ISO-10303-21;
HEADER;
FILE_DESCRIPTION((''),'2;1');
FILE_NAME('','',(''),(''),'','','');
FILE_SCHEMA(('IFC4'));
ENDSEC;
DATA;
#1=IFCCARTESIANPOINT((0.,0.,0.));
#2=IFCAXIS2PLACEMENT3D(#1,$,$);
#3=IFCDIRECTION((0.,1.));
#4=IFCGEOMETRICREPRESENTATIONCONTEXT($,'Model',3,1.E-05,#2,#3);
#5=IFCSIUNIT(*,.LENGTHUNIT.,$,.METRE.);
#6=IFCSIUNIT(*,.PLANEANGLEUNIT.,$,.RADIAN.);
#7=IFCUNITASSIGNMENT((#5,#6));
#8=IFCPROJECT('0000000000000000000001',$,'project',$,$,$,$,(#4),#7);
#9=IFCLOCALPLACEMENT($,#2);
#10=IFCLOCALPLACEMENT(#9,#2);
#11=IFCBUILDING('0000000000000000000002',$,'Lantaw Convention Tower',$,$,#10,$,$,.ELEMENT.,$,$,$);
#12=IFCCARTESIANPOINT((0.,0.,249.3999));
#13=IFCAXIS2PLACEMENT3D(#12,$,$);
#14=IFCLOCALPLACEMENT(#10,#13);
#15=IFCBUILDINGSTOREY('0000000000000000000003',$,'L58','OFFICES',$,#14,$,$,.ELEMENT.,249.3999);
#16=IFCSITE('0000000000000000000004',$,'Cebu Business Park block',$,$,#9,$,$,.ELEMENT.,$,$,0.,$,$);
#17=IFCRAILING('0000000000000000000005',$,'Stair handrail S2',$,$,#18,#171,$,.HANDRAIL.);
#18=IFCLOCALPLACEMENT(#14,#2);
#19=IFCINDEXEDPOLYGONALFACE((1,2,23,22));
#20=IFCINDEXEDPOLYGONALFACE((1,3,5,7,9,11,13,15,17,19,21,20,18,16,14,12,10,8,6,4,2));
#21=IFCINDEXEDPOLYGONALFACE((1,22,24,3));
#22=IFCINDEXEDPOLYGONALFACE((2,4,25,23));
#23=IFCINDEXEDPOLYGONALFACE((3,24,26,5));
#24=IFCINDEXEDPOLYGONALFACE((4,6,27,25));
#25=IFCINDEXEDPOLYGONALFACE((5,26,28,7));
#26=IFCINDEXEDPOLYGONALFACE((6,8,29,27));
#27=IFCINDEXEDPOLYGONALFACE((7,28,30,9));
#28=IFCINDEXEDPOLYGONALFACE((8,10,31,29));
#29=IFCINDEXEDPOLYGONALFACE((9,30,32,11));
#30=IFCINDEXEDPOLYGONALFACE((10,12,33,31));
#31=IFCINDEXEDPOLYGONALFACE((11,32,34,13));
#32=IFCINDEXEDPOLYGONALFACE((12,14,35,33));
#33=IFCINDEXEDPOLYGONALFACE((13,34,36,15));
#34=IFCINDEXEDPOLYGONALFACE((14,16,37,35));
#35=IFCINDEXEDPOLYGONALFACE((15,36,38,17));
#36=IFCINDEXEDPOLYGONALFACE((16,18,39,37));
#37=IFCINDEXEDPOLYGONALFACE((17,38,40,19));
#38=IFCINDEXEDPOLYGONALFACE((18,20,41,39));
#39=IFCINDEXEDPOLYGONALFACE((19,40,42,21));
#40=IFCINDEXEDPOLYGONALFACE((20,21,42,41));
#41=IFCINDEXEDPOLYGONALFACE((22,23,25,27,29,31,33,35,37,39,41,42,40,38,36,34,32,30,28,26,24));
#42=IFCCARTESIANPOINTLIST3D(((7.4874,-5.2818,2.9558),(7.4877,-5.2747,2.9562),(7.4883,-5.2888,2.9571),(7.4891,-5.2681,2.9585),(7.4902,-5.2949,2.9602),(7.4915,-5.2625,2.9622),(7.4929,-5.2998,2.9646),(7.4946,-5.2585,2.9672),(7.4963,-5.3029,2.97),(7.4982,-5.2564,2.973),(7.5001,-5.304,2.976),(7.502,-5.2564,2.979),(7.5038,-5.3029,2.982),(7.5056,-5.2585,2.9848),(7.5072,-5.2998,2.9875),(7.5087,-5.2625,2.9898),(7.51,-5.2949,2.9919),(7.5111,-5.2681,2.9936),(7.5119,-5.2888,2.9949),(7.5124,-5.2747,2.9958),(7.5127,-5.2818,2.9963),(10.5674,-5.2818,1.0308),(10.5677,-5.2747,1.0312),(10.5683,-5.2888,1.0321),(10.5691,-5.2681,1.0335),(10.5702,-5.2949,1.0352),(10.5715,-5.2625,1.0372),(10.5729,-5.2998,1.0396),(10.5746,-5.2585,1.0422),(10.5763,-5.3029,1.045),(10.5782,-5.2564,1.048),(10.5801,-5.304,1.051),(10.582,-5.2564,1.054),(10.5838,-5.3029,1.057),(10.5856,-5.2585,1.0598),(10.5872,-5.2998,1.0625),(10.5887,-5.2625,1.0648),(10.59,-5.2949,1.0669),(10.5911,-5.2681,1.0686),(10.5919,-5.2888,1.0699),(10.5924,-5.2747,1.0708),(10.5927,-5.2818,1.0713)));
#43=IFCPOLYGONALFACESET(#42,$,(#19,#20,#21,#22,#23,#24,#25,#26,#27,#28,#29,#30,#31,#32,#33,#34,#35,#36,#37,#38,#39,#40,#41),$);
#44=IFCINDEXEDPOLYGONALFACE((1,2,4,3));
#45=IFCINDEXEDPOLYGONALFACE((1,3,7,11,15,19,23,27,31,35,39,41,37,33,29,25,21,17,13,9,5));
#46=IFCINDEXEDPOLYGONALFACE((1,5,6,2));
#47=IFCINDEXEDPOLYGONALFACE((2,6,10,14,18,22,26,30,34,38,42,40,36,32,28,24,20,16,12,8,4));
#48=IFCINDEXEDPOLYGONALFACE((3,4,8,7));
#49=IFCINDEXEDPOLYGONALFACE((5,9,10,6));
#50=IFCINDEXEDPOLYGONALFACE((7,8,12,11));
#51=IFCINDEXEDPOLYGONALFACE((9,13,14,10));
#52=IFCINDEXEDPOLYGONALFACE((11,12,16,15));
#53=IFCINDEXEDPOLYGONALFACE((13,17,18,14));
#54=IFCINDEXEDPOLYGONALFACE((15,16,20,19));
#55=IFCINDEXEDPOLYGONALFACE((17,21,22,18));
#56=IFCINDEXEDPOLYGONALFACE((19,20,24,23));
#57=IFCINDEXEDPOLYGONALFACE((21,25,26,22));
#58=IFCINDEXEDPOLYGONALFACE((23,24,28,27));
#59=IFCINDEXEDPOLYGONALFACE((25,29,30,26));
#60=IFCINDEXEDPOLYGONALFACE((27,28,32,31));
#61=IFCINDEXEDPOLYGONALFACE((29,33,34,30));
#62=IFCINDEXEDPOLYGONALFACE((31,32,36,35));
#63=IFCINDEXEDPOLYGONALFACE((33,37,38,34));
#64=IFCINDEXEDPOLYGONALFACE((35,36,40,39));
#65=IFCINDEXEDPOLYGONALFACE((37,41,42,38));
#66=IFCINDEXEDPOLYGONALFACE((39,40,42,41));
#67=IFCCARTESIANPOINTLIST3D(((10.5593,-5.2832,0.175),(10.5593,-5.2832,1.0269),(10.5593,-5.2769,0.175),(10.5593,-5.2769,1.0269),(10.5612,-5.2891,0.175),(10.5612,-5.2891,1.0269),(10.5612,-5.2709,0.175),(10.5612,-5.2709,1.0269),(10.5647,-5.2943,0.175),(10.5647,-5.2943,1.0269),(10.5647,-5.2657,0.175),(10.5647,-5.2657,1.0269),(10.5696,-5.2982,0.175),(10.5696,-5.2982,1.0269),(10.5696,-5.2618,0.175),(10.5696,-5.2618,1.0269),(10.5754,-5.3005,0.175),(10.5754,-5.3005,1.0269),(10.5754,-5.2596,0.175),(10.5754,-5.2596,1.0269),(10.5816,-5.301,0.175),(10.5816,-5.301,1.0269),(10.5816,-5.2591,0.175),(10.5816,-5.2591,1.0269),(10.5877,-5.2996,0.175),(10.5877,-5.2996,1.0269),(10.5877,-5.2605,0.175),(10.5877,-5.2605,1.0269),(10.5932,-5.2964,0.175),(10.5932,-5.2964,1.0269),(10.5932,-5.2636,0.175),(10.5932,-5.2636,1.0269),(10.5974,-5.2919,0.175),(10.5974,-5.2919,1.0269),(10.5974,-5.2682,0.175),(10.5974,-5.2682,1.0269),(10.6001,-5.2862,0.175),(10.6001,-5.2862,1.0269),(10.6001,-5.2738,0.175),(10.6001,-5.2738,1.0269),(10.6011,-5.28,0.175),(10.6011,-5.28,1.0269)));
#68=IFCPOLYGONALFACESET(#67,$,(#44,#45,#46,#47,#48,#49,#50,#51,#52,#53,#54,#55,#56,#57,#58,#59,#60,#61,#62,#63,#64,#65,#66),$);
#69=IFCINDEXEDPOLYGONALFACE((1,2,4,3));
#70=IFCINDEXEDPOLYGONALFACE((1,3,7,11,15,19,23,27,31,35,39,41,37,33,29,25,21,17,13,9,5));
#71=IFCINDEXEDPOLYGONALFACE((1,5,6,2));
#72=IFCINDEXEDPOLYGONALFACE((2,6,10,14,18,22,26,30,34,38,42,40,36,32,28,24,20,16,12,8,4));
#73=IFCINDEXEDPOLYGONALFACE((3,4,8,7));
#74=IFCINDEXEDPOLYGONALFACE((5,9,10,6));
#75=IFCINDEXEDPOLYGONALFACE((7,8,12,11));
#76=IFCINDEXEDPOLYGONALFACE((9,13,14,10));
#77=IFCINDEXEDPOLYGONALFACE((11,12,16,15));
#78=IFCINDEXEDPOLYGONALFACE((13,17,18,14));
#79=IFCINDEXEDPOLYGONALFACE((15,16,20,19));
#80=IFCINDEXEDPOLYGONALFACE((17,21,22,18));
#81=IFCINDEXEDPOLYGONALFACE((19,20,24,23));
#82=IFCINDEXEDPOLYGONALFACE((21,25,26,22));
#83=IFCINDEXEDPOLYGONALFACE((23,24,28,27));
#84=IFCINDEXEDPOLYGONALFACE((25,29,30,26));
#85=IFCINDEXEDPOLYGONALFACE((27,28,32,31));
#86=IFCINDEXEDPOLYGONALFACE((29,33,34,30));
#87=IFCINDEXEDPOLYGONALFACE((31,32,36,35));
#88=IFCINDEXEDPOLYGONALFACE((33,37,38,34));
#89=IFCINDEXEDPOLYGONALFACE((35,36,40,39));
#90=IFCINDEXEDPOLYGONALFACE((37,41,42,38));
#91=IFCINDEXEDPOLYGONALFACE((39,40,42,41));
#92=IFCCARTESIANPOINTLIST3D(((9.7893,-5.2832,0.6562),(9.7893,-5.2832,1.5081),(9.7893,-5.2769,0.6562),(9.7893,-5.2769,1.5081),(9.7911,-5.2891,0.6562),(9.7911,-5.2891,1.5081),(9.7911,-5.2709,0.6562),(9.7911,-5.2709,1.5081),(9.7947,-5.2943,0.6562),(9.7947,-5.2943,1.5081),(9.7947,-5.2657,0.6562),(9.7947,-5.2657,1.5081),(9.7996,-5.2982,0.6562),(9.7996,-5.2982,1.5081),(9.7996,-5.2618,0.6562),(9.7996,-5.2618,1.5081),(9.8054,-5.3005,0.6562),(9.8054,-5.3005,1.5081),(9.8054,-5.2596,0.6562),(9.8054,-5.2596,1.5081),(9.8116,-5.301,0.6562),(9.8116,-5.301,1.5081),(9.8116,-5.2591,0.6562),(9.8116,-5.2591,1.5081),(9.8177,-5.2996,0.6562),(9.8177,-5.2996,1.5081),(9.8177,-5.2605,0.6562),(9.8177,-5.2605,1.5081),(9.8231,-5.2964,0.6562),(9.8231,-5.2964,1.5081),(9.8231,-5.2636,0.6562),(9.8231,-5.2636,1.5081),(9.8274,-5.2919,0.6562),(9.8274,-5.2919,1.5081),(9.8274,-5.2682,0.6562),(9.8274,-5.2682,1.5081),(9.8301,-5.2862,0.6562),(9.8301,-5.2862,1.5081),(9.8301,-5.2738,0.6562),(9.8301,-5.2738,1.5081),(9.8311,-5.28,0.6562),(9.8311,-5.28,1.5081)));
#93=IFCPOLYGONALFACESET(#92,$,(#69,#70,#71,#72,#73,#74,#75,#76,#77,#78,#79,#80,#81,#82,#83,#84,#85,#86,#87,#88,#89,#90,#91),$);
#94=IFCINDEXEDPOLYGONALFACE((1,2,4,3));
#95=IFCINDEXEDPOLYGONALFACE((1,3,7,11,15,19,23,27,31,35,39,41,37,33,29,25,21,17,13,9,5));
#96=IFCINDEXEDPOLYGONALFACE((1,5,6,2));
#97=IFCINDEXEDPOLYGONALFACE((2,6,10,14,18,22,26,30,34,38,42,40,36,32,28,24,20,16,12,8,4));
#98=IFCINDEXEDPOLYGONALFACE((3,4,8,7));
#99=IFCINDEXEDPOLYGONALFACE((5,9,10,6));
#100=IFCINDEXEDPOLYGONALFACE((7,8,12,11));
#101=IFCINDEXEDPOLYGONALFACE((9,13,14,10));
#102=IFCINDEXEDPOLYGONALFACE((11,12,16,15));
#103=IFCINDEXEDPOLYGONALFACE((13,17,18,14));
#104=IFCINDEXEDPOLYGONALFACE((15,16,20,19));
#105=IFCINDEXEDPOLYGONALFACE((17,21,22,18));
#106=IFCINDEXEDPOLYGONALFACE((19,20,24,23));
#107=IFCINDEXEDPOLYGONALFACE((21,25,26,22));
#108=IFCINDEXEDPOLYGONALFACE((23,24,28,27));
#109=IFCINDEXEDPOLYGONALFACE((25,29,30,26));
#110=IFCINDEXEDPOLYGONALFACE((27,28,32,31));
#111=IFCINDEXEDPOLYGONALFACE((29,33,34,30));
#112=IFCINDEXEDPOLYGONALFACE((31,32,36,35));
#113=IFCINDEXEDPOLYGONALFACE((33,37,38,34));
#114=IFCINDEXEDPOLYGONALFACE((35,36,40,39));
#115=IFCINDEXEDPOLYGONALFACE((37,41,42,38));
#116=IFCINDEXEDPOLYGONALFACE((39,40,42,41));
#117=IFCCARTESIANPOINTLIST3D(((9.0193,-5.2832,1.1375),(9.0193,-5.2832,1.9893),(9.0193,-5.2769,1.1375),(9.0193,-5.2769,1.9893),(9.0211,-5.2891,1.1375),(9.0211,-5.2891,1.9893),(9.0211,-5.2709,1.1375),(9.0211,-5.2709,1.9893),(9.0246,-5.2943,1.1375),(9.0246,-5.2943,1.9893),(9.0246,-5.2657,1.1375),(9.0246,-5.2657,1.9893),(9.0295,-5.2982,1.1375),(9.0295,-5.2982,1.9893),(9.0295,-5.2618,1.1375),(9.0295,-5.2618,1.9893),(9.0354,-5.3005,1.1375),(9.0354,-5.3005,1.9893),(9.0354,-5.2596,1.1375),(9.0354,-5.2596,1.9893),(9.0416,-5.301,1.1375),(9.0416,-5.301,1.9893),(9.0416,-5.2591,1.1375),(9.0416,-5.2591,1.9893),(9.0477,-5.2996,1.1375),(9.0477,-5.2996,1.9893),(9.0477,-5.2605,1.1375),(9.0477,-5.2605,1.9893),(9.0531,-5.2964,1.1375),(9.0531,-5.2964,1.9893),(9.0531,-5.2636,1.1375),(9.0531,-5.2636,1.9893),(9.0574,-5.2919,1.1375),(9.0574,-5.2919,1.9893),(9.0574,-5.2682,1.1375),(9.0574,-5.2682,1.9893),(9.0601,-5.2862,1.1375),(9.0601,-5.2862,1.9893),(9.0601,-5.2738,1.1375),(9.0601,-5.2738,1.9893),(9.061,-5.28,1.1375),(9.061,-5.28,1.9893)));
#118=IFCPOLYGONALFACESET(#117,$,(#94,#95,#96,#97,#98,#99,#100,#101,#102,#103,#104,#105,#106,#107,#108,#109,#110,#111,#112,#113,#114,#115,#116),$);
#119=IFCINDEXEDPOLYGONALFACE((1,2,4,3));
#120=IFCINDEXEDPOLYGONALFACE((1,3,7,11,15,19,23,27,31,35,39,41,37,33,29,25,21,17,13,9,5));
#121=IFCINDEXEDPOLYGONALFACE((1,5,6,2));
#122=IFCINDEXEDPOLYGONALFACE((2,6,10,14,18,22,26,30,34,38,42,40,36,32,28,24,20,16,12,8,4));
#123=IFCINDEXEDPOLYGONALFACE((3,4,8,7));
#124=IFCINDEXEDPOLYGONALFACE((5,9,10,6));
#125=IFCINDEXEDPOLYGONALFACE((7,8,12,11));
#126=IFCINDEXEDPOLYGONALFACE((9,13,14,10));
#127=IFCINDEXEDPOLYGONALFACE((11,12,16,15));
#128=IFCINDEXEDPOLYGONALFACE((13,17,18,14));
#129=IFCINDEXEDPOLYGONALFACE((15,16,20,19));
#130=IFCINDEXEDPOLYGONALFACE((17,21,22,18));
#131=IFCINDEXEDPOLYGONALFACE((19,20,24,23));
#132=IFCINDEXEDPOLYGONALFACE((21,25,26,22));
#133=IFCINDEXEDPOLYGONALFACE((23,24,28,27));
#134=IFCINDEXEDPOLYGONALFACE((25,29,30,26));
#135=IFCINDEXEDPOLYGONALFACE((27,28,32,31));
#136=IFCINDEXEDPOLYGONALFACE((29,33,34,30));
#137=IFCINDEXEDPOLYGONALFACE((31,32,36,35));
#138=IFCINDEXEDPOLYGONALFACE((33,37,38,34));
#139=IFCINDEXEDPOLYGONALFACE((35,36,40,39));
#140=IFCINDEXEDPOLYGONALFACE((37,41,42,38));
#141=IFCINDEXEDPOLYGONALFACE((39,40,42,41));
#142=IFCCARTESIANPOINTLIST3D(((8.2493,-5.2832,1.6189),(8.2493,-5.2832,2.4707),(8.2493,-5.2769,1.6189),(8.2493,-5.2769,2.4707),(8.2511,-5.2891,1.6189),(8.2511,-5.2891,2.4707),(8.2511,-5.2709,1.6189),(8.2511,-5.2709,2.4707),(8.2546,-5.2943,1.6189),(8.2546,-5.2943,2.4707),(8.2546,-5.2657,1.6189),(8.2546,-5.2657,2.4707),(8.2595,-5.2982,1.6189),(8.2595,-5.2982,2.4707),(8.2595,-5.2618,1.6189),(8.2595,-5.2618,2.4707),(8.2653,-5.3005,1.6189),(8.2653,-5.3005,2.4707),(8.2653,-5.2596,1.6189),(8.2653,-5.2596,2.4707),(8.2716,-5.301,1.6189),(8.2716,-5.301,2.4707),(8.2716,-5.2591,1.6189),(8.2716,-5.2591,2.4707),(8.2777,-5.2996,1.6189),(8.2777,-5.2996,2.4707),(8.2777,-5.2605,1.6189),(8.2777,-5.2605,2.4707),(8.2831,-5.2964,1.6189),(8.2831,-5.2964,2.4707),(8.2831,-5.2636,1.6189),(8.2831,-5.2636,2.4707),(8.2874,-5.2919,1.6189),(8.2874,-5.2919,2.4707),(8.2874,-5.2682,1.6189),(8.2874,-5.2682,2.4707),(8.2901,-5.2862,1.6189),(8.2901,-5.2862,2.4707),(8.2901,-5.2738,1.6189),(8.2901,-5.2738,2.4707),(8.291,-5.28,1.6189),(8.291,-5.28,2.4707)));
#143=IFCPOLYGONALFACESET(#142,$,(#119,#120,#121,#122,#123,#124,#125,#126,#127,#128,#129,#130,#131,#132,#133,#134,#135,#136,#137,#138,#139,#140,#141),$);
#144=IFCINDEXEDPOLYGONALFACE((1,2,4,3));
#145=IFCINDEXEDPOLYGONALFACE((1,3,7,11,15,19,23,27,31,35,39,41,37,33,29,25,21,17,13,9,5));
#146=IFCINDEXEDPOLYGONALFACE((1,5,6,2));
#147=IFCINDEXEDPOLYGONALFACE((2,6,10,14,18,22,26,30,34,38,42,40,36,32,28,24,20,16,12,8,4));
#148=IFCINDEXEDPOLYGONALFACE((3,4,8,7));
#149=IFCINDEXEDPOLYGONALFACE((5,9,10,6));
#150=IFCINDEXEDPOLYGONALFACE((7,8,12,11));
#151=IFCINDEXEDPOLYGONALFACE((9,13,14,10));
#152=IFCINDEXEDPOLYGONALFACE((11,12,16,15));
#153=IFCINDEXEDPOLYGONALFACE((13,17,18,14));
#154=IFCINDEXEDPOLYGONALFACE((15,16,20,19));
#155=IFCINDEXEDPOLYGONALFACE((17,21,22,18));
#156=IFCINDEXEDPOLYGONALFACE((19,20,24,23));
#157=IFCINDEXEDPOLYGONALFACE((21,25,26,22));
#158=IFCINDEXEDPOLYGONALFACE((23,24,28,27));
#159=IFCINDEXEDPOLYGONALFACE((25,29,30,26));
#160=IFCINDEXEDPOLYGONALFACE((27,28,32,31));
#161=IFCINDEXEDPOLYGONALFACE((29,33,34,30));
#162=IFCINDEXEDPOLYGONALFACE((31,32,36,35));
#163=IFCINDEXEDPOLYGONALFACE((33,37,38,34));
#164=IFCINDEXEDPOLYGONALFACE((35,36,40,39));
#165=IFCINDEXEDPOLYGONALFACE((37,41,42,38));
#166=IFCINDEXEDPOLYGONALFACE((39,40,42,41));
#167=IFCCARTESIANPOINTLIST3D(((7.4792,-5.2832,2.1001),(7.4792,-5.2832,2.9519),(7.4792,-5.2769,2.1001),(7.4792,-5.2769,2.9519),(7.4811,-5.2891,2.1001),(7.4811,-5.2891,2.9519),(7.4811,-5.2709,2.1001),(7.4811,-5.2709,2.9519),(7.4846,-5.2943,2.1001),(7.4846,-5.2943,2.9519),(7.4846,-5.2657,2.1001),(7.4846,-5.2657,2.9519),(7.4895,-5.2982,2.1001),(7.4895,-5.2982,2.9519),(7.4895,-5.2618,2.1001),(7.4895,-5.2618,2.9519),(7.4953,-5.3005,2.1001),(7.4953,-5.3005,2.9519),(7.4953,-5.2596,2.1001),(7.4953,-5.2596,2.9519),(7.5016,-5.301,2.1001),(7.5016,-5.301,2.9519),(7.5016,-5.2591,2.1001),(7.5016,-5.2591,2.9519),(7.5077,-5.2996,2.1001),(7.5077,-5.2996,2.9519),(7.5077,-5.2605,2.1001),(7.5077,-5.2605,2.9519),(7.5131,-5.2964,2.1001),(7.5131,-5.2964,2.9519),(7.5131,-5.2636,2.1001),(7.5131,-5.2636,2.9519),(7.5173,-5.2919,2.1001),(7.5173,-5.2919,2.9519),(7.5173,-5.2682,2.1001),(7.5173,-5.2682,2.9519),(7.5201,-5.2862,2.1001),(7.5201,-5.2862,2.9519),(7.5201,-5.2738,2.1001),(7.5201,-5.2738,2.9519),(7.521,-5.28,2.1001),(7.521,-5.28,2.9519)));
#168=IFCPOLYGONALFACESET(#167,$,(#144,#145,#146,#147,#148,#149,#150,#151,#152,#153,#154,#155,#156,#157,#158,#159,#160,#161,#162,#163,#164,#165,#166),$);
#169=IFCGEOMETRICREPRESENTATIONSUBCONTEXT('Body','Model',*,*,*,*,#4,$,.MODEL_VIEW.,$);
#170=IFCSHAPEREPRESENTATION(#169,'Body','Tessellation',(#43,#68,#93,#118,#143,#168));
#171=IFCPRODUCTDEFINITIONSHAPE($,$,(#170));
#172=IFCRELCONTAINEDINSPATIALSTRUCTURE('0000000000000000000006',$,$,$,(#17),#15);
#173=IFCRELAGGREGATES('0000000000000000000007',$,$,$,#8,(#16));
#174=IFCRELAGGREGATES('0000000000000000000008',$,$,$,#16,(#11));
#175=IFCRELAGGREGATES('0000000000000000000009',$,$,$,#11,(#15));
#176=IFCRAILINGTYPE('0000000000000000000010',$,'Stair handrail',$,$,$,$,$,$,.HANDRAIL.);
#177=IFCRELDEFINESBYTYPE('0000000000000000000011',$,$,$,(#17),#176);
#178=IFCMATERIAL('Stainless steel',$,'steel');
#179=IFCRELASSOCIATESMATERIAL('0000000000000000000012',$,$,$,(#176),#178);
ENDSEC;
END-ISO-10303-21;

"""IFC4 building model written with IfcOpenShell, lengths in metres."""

from ifc_helpers import new_model, si_unit, direction, frame, origin, origin_2d, place, context, subcontext, project, spatial, circle, extrude, material, type_object, element, save


model = new_model("IFC4")

# Units and contexts
model_context = context("Model", 3, precision=1e-05, world=origin(), true_north=direction((0.0, 1.0)))
body_context = subcontext(model_context, "Body", "Model", "MODEL_VIEW")
ifc_project = project(units=[si_unit("LENGTHUNIT", "METRE"), si_unit("PLANEANGLEUNIT", "RADIAN")], contexts=[model_context])

# Site, building, storey
site_placement = place(None, origin())
site = spatial("IfcSite", under=ifc_project, at=site_placement, Name="Cebu Business Park block", CompositionType="ELEMENT", RefElevation=0.0)
building_placement = place(site_placement, origin())
building = spatial("IfcBuilding", under=site, at=building_placement, Name="Lantaw Convention Tower", CompositionType="ELEMENT")
storey_placement = place(building_placement, frame((0.0, 0.0, 249.3999)))
storey = spatial("IfcBuildingStorey", under=building, at=storey_placement, Name="L58", Description="OFFICES", CompositionType="ELEMENT", Elevation=249.3999)

# Railing
ifc_material_1 = material(Name="Stainless steel", Category="steel")
railing_type = type_object("IfcRailingType", Name="Stair handrail", PredefinedType="HANDRAIL", material=ifc_material_1)
railing_1_placement = place(storey_placement, frame((10.5801, -5.28, 0.175)))
element("IfcRailing", 1, at=railing_1_placement, inside=storey, type_object=railing_type, Name="Stair handrail S2", PredefinedType="HANDRAIL", context=body_context, shape_type="SweptSolid", body=[
    extrude(circle(Radius=0.0239, at=origin_2d()), frame((0.0, 0.0, 0.876), z_axis=(-0.847998, 0.0, 0.529999), x_axis=(0.0, -1.0, 0.0)), (0.0, 0.0, 1.0), 3.6321),
    extrude(circle(Radius=0.021, at=origin_2d()), origin(), (0.0, 0.0, 1.0), 0.8518),
    extrude(circle(Radius=0.021, at=origin_2d()), frame((-0.77, 0.0, 0.4812)), (0.0, 0.0, 1.0), 0.8518),
    extrude(circle(Radius=0.021, at=origin_2d()), frame((-1.54, 0.0, 0.9624)), (0.0, 0.0, 1.0), 0.8518),
    extrude(circle(Radius=0.021, at=origin_2d()), frame((-2.3101, 0.0, 1.4438)), (0.0, 0.0, 1.0), 0.8518),
    extrude(circle(Radius=0.021, at=origin_2d()), frame((-3.0801, 0.0, 1.925)), (0.0, 0.0, 1.0), 0.8518),
])

save(model, "model.ifc")
